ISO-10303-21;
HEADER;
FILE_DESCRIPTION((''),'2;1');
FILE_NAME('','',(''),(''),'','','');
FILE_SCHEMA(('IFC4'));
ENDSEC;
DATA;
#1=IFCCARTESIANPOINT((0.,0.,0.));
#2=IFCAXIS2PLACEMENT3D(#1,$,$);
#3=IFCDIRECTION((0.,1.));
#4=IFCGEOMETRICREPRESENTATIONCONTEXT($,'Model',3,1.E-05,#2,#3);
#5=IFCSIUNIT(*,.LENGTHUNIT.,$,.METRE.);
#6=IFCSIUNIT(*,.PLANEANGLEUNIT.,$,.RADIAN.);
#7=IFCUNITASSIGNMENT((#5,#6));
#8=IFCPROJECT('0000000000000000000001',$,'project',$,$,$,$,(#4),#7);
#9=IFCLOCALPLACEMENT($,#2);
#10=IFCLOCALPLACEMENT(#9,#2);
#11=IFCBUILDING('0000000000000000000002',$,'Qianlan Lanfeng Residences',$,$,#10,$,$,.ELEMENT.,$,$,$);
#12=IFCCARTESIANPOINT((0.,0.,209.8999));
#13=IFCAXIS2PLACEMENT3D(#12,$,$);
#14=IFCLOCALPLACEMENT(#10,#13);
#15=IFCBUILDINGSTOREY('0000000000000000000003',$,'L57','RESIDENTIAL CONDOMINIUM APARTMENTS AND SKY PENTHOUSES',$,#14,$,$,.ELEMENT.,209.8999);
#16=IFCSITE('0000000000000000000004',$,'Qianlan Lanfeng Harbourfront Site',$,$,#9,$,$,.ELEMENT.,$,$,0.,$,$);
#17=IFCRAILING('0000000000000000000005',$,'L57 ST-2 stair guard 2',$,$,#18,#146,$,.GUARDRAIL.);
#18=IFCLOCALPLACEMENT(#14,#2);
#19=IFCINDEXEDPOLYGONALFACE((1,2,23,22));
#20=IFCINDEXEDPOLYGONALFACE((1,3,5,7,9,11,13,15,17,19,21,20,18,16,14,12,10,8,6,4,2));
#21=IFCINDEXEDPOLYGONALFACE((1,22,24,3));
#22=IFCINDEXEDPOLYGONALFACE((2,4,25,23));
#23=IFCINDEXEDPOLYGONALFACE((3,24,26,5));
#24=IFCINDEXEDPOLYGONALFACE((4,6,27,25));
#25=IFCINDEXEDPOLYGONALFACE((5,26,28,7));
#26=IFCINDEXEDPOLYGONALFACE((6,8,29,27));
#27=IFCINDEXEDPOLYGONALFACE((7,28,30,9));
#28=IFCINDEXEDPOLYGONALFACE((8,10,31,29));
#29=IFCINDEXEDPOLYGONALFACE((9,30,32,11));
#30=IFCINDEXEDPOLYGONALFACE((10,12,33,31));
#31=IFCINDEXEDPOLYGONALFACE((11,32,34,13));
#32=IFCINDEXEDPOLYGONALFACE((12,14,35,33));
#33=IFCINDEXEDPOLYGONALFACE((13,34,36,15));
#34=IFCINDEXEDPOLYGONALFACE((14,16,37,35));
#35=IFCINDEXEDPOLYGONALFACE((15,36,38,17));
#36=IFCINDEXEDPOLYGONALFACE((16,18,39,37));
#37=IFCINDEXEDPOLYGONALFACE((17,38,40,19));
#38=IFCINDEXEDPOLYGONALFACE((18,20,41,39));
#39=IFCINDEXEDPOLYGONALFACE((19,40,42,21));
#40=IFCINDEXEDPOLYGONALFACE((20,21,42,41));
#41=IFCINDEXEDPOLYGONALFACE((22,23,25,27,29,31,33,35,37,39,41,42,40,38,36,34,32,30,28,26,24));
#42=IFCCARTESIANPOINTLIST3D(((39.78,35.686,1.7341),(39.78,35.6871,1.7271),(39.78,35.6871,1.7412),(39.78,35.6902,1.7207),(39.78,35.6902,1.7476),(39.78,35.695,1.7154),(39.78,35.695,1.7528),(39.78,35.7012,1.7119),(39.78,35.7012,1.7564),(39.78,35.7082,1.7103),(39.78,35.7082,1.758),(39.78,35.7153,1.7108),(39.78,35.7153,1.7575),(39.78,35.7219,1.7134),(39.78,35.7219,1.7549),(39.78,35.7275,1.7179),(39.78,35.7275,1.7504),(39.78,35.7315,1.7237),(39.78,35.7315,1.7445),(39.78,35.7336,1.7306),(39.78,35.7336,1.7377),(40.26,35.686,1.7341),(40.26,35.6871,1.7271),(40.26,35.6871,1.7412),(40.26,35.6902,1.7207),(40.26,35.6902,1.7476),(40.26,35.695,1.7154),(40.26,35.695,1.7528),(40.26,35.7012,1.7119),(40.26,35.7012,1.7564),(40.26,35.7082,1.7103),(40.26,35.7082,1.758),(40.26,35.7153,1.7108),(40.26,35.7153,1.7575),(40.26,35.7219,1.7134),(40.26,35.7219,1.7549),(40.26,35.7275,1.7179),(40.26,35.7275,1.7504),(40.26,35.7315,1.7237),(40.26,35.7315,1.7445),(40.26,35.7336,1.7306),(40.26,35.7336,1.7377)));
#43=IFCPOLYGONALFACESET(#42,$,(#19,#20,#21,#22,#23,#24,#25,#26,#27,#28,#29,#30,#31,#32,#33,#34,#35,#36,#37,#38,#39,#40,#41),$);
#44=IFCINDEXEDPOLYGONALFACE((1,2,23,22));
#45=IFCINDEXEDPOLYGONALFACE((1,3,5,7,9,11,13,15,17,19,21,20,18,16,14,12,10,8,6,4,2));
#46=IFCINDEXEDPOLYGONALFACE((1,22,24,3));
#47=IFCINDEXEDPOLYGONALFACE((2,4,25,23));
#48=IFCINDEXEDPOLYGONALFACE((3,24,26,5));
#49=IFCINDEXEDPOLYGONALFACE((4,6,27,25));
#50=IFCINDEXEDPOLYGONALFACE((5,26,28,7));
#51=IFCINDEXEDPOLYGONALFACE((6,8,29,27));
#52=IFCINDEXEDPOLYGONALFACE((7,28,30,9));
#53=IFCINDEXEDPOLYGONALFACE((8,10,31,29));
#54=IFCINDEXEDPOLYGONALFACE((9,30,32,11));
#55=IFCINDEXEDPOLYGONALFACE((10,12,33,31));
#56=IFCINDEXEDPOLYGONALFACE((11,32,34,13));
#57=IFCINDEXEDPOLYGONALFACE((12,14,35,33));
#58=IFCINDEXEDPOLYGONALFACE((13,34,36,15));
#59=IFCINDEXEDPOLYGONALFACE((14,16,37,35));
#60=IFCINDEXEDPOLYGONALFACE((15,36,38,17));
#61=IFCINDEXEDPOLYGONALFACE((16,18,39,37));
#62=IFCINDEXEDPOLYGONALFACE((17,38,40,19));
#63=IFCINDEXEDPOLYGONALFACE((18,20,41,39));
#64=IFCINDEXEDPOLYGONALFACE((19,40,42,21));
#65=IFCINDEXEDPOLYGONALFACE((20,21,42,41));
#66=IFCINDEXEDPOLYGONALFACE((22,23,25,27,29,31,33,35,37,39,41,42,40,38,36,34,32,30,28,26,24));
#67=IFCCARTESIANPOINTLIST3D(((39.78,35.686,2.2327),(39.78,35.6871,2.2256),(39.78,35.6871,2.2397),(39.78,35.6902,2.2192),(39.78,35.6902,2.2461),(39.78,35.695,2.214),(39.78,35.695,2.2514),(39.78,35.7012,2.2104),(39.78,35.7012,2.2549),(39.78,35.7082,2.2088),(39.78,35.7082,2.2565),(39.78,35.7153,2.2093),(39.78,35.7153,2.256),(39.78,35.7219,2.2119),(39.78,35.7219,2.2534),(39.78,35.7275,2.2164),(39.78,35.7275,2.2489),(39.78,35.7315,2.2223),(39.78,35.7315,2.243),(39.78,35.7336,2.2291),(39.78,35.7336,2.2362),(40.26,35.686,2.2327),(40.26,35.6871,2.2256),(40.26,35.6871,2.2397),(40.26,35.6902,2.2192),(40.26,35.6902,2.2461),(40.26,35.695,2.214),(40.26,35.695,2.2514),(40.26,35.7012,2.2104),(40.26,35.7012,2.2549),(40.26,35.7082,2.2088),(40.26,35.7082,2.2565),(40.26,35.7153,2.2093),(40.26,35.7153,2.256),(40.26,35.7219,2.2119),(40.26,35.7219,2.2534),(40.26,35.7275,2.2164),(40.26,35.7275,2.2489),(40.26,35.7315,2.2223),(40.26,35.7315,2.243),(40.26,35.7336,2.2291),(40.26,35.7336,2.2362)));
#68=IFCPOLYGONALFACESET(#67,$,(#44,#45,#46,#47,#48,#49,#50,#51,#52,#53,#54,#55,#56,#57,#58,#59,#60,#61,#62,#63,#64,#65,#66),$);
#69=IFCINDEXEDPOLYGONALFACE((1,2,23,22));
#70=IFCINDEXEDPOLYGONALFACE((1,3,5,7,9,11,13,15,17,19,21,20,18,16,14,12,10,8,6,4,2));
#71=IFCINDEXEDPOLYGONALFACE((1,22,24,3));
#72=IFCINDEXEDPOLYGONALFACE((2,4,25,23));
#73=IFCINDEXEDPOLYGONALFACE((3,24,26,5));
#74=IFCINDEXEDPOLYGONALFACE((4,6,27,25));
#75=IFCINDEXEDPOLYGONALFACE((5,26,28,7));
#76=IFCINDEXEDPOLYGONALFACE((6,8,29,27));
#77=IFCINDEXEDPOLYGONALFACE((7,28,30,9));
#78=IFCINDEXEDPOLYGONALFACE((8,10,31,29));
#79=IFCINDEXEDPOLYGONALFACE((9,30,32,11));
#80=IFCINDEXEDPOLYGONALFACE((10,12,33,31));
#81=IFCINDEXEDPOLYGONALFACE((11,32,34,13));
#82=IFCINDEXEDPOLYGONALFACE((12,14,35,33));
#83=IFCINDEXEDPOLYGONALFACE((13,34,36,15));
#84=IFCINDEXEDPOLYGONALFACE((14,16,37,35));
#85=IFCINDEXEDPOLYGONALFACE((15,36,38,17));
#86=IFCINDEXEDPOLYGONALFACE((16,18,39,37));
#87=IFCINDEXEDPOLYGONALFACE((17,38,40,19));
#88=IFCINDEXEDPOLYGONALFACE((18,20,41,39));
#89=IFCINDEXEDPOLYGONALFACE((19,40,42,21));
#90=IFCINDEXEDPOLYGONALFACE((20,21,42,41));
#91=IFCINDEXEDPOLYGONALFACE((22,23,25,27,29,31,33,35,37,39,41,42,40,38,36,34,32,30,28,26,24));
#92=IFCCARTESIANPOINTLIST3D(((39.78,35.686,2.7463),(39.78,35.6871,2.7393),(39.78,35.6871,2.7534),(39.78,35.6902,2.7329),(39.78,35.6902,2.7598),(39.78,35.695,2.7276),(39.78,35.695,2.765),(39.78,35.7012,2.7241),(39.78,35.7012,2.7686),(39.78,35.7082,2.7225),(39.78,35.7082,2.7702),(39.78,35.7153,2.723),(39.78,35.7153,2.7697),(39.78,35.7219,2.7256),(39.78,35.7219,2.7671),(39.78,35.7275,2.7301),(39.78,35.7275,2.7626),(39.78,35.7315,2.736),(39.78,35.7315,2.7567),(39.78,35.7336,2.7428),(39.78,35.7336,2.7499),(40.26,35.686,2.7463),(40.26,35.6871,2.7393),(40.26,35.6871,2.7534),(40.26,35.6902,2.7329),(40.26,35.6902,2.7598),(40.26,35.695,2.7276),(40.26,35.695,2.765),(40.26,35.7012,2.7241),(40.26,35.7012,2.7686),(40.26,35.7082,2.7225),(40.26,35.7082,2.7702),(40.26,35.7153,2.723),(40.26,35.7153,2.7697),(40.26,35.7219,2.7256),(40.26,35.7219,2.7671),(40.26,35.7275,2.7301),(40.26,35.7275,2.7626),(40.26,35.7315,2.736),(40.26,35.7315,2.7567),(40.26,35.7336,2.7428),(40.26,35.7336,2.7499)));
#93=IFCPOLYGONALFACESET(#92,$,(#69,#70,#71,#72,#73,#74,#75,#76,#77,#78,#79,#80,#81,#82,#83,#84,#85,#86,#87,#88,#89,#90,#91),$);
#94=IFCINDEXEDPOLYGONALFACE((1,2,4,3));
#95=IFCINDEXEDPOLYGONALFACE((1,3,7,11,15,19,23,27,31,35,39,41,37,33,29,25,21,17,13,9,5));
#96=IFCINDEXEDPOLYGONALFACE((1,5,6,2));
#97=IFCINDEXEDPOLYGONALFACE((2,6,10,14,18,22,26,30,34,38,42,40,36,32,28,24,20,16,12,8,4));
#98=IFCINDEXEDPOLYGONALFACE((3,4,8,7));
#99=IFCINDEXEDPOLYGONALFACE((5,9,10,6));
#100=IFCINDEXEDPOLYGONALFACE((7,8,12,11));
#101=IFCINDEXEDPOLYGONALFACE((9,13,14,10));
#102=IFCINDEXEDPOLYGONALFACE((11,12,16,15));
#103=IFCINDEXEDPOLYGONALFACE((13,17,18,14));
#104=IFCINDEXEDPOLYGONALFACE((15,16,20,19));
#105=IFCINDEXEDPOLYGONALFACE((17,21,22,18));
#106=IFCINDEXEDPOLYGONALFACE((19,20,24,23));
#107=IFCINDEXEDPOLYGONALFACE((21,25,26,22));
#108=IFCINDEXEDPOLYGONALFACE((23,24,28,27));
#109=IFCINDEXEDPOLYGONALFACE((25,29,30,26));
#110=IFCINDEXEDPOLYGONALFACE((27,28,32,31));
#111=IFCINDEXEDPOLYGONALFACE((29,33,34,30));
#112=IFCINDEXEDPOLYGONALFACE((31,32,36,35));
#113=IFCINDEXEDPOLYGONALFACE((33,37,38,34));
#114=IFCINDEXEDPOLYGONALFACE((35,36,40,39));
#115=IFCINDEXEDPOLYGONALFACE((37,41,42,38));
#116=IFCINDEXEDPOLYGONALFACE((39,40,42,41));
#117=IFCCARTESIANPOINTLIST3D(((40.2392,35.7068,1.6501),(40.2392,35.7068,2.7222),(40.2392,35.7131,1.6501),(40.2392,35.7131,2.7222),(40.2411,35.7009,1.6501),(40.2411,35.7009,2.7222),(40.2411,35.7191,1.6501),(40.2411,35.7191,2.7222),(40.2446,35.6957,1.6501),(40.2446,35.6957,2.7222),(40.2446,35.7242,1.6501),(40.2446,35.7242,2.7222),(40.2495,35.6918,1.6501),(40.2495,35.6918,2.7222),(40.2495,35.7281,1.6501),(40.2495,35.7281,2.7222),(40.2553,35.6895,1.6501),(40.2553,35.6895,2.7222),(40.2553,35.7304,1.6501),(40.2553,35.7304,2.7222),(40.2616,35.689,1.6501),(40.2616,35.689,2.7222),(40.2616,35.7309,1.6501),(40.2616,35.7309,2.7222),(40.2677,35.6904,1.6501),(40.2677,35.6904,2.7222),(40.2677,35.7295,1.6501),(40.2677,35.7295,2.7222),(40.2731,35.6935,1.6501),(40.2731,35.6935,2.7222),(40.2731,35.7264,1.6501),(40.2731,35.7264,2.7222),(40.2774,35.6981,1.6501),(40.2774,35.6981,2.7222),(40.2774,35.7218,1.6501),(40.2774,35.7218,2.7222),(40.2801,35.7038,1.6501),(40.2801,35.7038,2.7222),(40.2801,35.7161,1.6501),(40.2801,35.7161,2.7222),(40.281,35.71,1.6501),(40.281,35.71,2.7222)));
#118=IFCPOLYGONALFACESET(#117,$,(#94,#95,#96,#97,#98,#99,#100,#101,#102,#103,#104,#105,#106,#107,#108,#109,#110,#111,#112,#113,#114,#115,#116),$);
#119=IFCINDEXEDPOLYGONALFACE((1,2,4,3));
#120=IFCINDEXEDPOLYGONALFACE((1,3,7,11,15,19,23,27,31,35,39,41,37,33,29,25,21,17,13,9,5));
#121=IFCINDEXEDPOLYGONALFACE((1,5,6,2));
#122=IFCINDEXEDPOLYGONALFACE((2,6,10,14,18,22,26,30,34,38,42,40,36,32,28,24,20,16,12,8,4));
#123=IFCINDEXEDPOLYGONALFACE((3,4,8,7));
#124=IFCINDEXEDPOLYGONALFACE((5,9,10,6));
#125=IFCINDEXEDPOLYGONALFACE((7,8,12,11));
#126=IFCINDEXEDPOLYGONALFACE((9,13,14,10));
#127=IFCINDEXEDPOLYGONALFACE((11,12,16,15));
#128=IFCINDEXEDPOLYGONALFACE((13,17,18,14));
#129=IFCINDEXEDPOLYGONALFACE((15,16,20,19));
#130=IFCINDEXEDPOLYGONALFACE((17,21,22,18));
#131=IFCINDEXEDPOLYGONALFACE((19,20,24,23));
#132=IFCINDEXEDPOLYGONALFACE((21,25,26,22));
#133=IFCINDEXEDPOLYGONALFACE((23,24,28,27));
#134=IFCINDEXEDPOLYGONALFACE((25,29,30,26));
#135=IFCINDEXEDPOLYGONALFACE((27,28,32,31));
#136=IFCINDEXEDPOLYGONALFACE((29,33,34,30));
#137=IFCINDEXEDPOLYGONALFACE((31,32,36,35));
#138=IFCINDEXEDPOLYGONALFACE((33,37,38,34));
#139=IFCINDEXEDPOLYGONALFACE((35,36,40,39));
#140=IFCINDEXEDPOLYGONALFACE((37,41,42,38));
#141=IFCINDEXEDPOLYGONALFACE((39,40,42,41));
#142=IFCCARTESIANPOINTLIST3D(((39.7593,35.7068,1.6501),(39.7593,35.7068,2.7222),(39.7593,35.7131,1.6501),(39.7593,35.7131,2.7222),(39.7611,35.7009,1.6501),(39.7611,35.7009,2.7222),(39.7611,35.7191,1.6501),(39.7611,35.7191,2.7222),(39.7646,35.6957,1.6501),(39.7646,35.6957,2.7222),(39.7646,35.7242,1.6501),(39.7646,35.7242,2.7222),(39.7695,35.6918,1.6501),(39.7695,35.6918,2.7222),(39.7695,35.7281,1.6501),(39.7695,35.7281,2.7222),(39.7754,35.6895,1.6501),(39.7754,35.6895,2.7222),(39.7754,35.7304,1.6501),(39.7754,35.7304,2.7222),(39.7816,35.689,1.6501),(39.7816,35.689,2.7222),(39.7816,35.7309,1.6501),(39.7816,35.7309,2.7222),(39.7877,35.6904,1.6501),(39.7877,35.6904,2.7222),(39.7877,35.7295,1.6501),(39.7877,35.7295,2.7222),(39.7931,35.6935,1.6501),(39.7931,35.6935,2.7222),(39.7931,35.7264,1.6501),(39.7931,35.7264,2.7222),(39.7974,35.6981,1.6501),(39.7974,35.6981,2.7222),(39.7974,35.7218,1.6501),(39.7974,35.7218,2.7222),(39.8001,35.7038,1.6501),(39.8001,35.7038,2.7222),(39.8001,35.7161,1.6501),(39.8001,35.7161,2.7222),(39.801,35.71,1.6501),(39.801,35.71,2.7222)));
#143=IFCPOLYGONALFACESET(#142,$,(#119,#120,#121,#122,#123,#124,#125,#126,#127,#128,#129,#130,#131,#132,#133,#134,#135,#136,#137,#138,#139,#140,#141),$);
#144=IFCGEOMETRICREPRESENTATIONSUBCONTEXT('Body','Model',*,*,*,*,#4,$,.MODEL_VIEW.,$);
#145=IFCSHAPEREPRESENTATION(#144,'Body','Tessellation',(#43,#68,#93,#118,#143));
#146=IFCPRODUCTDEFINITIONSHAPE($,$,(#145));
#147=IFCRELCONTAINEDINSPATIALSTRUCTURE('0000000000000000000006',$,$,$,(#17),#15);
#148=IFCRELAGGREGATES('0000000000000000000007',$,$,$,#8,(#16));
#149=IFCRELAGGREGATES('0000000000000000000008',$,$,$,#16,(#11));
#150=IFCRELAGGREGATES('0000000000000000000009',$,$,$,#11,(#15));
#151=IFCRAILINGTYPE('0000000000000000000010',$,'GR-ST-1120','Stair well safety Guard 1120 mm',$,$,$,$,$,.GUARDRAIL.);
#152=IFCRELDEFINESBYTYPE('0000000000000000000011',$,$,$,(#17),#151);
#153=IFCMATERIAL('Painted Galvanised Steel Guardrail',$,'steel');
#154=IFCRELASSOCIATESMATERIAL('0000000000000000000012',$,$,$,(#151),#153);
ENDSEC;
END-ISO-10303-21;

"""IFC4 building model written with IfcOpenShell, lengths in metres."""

from ifc_helpers import new_model, si_unit, direction, frame, origin, origin_2d, place, context, subcontext, project, spatial, circle, extrude, material, type_object, element, save


model = new_model("IFC4")

# Units and contexts
model_context = context("Model", 3, precision=1e-05, world=origin(), true_north=direction((0.0, 1.0)))
body_context = subcontext(model_context, "Body", "Model", "MODEL_VIEW")
ifc_project = project(units=[si_unit("LENGTHUNIT", "METRE"), si_unit("PLANEANGLEUNIT", "RADIAN")], contexts=[model_context])

# Site, building, storey
site_placement = place(None, origin())
site = spatial("IfcSite", under=ifc_project, at=site_placement, Name="Qianlan Lanfeng Harbourfront Site", CompositionType="ELEMENT", RefElevation=0.0)
building_placement = place(site_placement, origin())
building = spatial("IfcBuilding", under=site, at=building_placement, Name="Qianlan Lanfeng Residences", CompositionType="ELEMENT")
storey_placement = place(building_placement, frame((0.0, 0.0, 209.8999)))
storey = spatial("IfcBuildingStorey", under=building, at=storey_placement, Name="L57", Description="RESIDENTIAL CONDOMINIUM APARTMENTS AND SKY PENTHOUSES", CompositionType="ELEMENT", Elevation=209.8999)

# Railing
ifc_material_1 = material(Name="Painted Galvanised Steel Guardrail", Category="steel")
railing_type_1 = type_object("IfcRailingType", Name="GR-ST-1120", Description="Stair well safety Guard 1120 mm", PredefinedType="GUARDRAIL", material=ifc_material_1)
railing_1_placement = place(storey_placement, frame((40.26, 35.71, 1.6501)))
element("IfcRailing", 1, at=railing_1_placement, inside=storey, type_object=railing_type_1, Name="L57 ST-2 stair guard 2", PredefinedType="GUARDRAIL", context=body_context, shape_type="SweptSolid", body=[
    extrude(circle(Radius=0.0239, at=origin_2d()), frame((0.0, 0.0, 0.084), z_axis=(-1.0, 0.0, 0.0), x_axis=(0.0, -1.0, 0.0)), (0.0, 0.0, 1.0), 0.48),
    extrude(circle(Radius=0.0239, at=origin_2d()), frame((0.0, 0.0, 0.5825), z_axis=(-1.0, 0.0, 0.0), x_axis=(0.0, -1.0, 0.0)), (0.0, 0.0, 1.0), 0.48),
    extrude(circle(Radius=0.0239, at=origin_2d()), frame((0.0, 0.0, 1.0962), z_axis=(-1.0, 0.0, 0.0), x_axis=(0.0, -1.0, 0.0)), (0.0, 0.0, 1.0), 0.48),
    extrude(circle(Radius=0.021, at=origin_2d()), origin(), (0.0, 0.0, 1.0), 1.072),
    extrude(circle(Radius=0.021, at=origin_2d()), frame((-0.48, 0.0, 0.0)), (0.0, 0.0, 1.0), 1.072),
])

save(model, "model.ifc")
